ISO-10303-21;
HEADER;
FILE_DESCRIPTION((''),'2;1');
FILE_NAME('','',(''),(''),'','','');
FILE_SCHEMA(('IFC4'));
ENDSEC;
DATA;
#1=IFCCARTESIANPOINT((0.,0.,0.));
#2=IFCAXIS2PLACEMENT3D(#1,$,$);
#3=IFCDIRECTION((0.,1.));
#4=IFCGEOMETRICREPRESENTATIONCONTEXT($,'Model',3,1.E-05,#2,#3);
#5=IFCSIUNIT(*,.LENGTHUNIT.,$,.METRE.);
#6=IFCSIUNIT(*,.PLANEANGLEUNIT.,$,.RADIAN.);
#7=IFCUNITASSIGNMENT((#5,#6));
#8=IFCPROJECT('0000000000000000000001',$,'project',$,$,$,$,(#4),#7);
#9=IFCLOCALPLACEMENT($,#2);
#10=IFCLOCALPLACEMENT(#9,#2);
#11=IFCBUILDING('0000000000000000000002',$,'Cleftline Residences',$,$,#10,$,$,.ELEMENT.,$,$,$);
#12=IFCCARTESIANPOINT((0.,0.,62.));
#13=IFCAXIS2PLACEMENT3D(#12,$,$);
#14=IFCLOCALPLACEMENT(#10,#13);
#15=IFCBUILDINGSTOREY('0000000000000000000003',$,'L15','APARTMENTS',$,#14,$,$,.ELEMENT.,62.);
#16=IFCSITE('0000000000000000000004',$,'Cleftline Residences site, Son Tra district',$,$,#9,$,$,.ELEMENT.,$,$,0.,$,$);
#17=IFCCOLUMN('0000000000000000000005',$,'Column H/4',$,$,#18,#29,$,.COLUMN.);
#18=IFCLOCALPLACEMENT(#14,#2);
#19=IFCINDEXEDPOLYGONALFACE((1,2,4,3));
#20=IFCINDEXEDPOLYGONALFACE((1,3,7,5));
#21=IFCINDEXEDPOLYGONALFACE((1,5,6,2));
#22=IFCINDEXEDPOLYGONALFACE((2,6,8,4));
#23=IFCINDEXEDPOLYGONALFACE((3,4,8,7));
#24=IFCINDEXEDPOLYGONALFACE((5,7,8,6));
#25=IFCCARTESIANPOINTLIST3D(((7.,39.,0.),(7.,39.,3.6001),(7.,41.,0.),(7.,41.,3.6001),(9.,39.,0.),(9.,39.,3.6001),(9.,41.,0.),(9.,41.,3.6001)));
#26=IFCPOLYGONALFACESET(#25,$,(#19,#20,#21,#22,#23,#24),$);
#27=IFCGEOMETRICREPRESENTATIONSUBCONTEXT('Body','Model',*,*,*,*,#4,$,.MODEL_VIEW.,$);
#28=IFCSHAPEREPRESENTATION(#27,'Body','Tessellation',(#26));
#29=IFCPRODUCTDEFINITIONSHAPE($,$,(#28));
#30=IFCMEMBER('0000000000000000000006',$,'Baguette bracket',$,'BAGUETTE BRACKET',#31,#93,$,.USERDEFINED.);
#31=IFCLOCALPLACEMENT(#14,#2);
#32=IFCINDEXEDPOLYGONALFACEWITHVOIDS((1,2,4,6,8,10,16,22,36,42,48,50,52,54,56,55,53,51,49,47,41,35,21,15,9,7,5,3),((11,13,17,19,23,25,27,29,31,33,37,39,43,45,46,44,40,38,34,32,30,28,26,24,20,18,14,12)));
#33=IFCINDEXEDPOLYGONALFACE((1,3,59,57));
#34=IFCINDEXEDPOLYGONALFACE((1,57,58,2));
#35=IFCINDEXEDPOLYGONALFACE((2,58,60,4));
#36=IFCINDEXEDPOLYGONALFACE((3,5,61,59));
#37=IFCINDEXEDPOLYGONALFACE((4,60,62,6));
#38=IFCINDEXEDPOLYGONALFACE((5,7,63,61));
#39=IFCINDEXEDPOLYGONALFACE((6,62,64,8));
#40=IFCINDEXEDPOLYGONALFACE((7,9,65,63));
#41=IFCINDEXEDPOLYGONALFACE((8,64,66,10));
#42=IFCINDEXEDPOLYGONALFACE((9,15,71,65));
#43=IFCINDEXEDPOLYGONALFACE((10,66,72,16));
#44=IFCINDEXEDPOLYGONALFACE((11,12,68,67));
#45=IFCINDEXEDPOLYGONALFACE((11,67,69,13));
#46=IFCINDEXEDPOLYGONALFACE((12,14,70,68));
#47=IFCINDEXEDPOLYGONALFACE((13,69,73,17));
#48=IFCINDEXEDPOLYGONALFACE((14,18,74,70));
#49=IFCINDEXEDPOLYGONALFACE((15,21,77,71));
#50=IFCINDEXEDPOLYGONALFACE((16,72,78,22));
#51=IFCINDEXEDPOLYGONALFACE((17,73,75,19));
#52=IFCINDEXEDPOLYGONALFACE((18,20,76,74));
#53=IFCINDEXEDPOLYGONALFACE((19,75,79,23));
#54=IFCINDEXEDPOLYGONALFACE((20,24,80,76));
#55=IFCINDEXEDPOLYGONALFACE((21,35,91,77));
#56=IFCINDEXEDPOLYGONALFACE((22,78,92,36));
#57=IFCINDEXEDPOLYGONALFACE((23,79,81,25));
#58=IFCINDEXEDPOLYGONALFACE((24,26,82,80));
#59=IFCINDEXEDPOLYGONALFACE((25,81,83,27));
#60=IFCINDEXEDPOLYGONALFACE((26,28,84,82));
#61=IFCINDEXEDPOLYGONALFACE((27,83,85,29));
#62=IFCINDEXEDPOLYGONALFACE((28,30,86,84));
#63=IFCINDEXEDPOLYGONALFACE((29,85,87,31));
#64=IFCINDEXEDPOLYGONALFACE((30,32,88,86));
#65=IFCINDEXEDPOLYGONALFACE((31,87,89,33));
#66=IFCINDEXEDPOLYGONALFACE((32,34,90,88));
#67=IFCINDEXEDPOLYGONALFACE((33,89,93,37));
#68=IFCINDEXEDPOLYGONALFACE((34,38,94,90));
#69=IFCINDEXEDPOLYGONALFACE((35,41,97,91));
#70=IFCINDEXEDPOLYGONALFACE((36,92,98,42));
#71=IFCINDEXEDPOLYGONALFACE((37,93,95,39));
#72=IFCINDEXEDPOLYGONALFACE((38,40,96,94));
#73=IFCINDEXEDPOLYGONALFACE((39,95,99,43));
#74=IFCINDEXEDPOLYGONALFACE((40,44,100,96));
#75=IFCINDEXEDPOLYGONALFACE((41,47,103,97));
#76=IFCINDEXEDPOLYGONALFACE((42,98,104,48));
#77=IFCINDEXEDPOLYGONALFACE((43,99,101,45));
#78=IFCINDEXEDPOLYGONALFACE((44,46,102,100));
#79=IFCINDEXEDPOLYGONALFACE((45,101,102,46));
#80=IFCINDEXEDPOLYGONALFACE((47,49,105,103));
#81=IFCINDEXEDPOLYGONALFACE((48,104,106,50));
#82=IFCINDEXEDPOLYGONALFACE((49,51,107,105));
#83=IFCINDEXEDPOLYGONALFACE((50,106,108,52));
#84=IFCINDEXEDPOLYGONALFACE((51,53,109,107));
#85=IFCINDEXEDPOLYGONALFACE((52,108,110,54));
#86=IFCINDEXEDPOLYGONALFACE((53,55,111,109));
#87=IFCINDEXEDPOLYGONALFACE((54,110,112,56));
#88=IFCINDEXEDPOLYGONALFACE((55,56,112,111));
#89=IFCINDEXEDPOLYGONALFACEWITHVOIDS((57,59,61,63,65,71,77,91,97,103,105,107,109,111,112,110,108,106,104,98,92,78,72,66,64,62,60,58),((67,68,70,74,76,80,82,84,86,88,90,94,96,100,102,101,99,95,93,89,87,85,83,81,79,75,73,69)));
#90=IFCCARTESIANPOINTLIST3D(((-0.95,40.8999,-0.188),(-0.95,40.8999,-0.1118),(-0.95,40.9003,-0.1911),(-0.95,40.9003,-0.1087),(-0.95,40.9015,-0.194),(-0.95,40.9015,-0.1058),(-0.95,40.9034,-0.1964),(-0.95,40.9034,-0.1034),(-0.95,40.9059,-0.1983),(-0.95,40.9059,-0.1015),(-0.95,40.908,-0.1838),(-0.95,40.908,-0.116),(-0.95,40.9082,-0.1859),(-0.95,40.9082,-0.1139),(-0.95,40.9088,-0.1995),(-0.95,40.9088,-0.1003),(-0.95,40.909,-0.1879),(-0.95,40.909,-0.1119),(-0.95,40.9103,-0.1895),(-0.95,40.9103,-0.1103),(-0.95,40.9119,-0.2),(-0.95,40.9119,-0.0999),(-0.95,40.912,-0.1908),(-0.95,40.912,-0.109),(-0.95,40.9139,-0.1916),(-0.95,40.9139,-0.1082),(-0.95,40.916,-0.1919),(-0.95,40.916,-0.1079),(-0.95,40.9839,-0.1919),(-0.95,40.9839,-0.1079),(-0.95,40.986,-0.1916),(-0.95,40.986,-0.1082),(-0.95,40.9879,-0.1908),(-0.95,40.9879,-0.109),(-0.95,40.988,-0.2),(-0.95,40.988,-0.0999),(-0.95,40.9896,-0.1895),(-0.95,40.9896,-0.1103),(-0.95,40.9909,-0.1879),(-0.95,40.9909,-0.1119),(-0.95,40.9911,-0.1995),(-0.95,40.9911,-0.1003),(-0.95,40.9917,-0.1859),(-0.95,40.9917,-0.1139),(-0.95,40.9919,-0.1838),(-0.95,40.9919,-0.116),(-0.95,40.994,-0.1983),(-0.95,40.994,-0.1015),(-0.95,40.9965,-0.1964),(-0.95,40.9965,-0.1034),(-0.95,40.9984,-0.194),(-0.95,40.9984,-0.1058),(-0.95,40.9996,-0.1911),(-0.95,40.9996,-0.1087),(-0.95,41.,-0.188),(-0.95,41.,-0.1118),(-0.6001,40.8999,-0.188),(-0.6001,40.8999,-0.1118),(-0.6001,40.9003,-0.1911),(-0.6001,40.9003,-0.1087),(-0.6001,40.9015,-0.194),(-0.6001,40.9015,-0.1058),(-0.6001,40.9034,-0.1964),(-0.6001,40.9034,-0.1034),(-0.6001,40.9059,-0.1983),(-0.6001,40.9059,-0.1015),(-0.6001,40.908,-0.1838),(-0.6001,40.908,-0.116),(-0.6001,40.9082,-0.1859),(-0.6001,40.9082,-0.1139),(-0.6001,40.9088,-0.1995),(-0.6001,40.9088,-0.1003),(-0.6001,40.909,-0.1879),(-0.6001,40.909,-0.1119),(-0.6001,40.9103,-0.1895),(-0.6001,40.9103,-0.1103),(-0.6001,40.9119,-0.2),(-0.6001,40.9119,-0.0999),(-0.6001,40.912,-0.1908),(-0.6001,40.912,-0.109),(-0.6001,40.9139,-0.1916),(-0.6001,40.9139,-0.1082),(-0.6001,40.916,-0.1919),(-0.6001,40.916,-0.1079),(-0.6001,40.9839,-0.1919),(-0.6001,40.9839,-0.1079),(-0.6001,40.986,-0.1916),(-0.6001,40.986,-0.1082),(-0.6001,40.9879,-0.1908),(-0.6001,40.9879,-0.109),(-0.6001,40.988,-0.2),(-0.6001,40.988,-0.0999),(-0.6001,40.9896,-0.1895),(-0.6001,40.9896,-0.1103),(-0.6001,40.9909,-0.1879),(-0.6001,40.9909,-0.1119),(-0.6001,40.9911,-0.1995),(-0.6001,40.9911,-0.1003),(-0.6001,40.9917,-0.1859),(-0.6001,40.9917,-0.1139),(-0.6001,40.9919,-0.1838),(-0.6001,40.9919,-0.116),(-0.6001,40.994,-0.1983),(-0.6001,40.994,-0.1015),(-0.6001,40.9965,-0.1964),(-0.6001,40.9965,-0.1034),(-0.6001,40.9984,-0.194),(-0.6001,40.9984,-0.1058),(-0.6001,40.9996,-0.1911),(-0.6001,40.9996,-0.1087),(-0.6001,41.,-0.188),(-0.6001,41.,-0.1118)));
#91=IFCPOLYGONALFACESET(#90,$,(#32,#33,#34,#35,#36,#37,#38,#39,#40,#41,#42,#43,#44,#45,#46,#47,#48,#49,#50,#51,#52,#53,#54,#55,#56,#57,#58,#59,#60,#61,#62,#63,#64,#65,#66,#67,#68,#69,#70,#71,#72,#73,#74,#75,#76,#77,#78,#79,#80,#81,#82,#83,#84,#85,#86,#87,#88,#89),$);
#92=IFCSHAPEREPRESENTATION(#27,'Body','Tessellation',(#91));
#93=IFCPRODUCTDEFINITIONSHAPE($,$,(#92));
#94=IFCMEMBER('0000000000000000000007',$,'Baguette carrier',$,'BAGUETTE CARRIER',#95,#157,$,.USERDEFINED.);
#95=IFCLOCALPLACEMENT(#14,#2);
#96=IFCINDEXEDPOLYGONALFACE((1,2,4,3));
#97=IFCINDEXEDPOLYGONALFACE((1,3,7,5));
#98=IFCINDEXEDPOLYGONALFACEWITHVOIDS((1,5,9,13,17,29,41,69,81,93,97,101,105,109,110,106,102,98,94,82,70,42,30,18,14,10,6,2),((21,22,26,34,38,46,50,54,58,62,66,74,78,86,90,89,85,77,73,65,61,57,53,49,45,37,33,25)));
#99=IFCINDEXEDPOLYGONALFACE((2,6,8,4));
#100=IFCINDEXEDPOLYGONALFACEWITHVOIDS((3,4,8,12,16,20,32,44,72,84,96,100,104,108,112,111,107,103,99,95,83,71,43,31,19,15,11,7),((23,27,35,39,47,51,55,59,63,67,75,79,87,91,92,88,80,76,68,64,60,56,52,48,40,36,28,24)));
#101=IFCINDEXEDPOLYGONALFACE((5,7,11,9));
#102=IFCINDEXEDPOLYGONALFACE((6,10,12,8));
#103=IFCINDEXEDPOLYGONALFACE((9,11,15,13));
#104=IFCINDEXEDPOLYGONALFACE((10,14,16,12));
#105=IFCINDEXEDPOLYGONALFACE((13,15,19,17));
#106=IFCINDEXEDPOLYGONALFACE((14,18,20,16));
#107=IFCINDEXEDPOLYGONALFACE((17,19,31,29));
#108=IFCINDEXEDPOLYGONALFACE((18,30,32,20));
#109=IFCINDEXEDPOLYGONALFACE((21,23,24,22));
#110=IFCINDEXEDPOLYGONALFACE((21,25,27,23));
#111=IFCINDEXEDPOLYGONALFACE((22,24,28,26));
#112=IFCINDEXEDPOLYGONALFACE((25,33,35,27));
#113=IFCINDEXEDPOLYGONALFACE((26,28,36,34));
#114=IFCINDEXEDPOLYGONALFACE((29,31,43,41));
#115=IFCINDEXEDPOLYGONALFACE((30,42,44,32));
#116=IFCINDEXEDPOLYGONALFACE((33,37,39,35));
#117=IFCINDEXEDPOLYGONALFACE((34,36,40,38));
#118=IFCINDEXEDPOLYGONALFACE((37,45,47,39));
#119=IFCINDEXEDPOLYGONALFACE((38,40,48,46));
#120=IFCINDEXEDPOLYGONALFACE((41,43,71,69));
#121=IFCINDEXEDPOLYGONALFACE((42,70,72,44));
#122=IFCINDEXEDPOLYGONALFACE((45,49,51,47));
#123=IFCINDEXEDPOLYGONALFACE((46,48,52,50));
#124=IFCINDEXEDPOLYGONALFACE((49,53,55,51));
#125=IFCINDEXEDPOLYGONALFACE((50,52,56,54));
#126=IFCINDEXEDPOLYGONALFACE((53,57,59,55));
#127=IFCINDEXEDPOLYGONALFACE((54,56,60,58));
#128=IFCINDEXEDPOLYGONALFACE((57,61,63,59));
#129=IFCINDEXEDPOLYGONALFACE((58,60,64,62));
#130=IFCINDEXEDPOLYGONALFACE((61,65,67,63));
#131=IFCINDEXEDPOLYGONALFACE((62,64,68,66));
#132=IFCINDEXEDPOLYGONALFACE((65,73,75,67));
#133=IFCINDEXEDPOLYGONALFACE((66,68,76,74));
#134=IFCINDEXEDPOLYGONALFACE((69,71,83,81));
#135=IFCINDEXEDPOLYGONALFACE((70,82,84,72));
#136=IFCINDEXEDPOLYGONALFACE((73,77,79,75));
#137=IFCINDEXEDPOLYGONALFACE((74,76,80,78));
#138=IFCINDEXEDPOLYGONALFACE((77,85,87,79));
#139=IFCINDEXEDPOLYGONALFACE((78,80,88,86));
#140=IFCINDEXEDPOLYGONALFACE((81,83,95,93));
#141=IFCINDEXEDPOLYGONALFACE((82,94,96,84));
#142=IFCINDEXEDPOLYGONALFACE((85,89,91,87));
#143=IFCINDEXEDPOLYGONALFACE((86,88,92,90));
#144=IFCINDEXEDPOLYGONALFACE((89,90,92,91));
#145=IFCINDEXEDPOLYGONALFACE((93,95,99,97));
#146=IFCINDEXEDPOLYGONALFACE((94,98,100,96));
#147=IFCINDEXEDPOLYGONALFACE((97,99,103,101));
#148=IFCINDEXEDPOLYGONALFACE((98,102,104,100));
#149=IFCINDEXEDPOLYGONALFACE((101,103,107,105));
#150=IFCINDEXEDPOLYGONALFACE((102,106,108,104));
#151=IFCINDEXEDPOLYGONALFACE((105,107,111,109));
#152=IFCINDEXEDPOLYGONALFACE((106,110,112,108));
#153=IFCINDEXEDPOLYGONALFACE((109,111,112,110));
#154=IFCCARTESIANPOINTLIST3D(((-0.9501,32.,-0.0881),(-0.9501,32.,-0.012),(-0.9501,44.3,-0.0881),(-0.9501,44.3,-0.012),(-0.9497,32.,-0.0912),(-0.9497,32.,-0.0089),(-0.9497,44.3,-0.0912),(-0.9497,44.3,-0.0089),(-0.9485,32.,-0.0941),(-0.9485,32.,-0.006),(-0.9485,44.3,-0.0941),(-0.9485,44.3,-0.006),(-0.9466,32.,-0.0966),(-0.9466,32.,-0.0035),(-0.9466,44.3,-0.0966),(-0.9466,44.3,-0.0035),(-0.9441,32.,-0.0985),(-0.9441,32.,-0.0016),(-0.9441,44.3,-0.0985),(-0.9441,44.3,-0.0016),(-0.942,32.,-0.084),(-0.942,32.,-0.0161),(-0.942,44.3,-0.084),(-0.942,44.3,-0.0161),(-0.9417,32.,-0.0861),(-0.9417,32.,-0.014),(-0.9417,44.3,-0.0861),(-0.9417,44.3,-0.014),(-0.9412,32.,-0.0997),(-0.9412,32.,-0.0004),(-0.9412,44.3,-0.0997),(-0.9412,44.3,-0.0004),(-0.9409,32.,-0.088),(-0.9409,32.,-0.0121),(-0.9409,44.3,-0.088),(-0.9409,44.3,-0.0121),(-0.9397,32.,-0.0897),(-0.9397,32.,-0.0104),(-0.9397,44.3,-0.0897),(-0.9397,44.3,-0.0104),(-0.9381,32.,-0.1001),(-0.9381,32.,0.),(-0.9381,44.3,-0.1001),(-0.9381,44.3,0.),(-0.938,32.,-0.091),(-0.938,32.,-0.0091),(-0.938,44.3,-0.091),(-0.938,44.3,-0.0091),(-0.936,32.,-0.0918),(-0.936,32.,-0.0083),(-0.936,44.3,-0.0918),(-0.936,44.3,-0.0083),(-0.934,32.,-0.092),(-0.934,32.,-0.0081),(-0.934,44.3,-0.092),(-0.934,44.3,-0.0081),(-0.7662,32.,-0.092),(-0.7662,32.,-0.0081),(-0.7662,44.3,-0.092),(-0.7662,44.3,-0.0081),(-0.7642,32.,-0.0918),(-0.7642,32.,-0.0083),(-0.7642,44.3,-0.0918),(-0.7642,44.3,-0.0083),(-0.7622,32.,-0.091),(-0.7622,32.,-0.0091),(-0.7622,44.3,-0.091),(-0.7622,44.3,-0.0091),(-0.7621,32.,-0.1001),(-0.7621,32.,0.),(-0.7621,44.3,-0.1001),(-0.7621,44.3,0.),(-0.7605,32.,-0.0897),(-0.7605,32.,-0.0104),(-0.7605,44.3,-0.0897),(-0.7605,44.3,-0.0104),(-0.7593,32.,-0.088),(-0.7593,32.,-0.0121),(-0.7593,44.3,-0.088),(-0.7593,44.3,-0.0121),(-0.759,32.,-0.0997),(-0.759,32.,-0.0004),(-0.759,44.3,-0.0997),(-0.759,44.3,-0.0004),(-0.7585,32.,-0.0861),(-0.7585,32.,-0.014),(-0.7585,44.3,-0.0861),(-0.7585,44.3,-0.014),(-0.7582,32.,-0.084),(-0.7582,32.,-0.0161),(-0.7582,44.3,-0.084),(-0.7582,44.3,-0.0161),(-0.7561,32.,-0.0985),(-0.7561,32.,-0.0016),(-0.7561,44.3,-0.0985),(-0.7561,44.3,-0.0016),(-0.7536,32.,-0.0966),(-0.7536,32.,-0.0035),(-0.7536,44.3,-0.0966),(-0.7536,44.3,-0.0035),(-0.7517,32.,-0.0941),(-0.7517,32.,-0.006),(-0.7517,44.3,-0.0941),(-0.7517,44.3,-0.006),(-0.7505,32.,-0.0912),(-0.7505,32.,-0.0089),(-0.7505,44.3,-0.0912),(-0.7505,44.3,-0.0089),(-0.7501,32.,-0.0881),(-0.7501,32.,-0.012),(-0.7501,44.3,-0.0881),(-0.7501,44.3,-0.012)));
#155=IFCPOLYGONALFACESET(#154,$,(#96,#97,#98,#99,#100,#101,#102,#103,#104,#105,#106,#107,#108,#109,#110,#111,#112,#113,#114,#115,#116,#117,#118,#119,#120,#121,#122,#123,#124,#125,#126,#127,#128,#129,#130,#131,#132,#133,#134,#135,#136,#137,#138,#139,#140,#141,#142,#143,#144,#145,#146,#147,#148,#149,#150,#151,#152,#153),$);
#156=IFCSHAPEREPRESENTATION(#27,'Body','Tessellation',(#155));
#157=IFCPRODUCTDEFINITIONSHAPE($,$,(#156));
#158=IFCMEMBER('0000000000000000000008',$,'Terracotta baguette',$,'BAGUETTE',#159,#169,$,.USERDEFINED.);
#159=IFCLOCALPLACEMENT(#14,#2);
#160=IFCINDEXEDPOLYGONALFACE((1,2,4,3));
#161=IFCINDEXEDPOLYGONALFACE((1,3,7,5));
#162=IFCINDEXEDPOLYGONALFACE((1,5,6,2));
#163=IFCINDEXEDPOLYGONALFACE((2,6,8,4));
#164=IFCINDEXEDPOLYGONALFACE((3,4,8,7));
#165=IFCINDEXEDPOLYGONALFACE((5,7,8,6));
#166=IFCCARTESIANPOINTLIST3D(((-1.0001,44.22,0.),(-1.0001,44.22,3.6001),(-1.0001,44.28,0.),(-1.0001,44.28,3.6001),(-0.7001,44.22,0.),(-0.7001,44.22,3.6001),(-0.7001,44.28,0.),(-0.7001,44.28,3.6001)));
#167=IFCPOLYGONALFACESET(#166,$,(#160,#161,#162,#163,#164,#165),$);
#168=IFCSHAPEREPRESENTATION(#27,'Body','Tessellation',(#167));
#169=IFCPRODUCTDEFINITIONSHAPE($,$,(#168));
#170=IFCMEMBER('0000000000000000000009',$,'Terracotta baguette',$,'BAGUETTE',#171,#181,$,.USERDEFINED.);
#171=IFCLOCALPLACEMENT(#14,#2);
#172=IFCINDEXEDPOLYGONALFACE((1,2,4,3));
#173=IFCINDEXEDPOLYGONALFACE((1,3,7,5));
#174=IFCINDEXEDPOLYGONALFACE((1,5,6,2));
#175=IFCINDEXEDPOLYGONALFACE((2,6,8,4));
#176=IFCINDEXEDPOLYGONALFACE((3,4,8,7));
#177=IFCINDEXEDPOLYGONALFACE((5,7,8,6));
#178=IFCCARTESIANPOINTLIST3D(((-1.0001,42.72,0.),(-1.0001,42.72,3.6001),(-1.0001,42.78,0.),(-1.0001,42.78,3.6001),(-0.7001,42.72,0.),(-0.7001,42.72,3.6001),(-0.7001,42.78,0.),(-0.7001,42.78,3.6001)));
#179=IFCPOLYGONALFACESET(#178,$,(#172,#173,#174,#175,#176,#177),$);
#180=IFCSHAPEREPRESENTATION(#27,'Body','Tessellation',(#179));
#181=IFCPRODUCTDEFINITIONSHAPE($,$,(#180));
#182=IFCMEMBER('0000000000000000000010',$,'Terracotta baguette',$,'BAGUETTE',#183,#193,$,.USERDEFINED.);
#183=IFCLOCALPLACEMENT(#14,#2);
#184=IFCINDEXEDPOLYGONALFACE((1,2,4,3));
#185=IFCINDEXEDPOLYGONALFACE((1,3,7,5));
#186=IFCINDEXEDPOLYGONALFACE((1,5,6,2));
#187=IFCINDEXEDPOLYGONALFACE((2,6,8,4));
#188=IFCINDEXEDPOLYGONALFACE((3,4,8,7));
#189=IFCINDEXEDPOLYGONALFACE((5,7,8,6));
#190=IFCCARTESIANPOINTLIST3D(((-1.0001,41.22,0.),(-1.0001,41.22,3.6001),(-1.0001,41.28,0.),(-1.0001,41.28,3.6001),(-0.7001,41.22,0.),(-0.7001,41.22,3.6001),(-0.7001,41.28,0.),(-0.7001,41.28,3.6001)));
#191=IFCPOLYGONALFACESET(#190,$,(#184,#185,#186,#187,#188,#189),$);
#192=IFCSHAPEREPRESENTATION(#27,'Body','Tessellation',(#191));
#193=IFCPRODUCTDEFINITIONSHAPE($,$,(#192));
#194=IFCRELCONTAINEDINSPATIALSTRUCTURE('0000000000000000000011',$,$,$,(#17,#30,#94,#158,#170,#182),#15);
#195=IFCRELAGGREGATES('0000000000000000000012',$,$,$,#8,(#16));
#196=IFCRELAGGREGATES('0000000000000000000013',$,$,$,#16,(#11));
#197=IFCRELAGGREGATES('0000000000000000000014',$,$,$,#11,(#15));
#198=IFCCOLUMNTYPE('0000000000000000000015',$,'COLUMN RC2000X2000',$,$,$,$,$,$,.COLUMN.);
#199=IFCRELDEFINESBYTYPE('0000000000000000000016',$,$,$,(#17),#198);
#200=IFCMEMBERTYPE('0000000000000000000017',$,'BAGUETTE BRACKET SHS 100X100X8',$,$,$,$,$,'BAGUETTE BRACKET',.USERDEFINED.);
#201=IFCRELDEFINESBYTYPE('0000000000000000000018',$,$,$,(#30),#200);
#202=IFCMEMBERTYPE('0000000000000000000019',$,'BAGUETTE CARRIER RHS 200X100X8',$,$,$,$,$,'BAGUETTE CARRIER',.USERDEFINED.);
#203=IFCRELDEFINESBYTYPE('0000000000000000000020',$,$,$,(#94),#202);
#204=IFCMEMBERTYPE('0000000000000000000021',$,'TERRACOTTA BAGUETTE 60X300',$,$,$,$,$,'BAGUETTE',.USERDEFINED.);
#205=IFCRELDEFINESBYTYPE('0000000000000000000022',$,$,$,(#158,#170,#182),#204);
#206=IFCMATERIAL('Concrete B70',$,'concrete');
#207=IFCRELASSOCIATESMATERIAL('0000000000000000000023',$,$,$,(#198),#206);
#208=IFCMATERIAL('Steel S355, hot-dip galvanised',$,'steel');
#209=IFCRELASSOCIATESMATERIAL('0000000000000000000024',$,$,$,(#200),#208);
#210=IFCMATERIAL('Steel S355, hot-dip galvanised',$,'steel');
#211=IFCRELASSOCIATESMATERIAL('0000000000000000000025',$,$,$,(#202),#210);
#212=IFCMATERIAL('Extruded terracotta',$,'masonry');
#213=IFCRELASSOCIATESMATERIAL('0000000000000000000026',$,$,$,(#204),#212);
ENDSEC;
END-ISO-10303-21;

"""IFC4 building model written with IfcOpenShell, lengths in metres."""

from ifc_helpers import new_model, si_unit, direction, frame, origin, origin_2d, place, context, subcontext, project, spatial, rectangle, hollow_rectangle, extrude, material, material_profile, profile_set, type_object, element, save


model = new_model("IFC4")

# Units and contexts
model_context = context("Model", 3, precision=1e-05, world=origin(), true_north=direction((0.0, 1.0)))
body_context = subcontext(model_context, "Body", "Model", "MODEL_VIEW")
ifc_project = project(units=[si_unit("LENGTHUNIT", "METRE"), si_unit("PLANEANGLEUNIT", "RADIAN")], contexts=[model_context])

# Site, building, storey
site_placement = place(None, origin())
site = spatial("IfcSite", under=ifc_project, at=site_placement, Name="Cleftline Residences site, Son Tra district", CompositionType="ELEMENT", RefElevation=0.0)
building_placement = place(site_placement, origin())
building = spatial("IfcBuilding", under=site, at=building_placement, Name="Cleftline Residences", CompositionType="ELEMENT")
storey_placement = place(building_placement, frame((0.0, 0.0, 62.0)))
storey = spatial("IfcBuildingStorey", under=building, at=storey_placement, Name="L15", Description="APARTMENTS", CompositionType="ELEMENT", Elevation=62.0)

# Column
ifc_material_1 = material(Name="Concrete B70", Category="concrete")
ifc_material_profile_1 = material_profile(ifc_material_1, rectangle(XDim=2.0, YDim=2.0, at=origin_2d()))
ifc_profile_set_1 = profile_set([ifc_material_profile_1], Name="Concrete B70")
column_type = type_object("IfcColumnType", Name="COLUMN RC2000X2000", PredefinedType="COLUMN", material=ifc_profile_set_1)
column_placement = place(storey_placement, frame((8.0, 40.0, 0.0), z_axis=(0.0, 0.0, 1.0), x_axis=(1.0, 0.0, 0.0)))
element("IfcColumn", 1, at=column_placement, inside=storey, type_object=column_type, Name="Column H/4", PredefinedType="COLUMN", context=body_context, shape_type="SweptSolid", body=[
    extrude(rectangle(XDim=2.0, YDim=2.0, at=origin_2d()), origin(), (0.0, 0.0, 1.0), 3.6001),
])

# Members
ifc_material_2 = material(Name="Steel S355, hot-dip galvanised", Category="steel")
ifc_material_profile_2 = material_profile(ifc_material_2, hollow_rectangle(XDim=0.1001, YDim=0.1001, WallThickness=0.0081, InnerFilletRadius=0.0081, OuterFilletRadius=0.012, at=origin_2d()))
ifc_profile_set_2 = profile_set([ifc_material_profile_2], Name="Steel S355, hot-dip galvanised")
member_type_1 = type_object("IfcMemberType", Name="BAGUETTE BRACKET SHS 100X100X8", ElementType="BAGUETTE BRACKET", PredefinedType="USERDEFINED", material=ifc_profile_set_2)
member_1_placement = place(storey_placement, frame((-0.6001, 40.95, -0.1499), z_axis=(-1.0, 0.0, 0.0), x_axis=(0.0, -1.0, 0.0)))
element("IfcMember", 2, at=member_1_placement, inside=storey, type_object=member_type_1, Name="Baguette bracket", ObjectType="BAGUETTE BRACKET", PredefinedType="USERDEFINED", context=body_context, shape_type="SweptSolid", body=[
    extrude(hollow_rectangle(XDim=0.1001, YDim=0.1001, WallThickness=0.0081, InnerFilletRadius=0.0081, OuterFilletRadius=0.012, at=origin_2d()), origin(), (0.0, 0.0, 1.0), 0.3499),
])
ifc_material_3 = material(Name="Steel S355, hot-dip galvanised", Category="steel")
ifc_material_profile_3 = material_profile(ifc_material_3, hollow_rectangle(XDim=0.1001, YDim=0.2, WallThickness=0.0081, InnerFilletRadius=0.0081, OuterFilletRadius=0.012, at=origin_2d()))
ifc_profile_set_3 = profile_set([ifc_material_profile_3], Name="Steel S355, hot-dip galvanised")
member_type_2 = type_object("IfcMemberType", Name="BAGUETTE CARRIER RHS 200X100X8", ElementType="BAGUETTE CARRIER", PredefinedType="USERDEFINED", material=ifc_profile_set_3)
member_2_placement = place(storey_placement, frame((-0.8501, 44.3, -0.05), z_axis=(0.0, -1.0, 0.0), x_axis=(0.0, 0.0, 1.0)))
element("IfcMember", 3, at=member_2_placement, inside=storey, type_object=member_type_2, Name="Baguette carrier", ObjectType="BAGUETTE CARRIER", PredefinedType="USERDEFINED", context=body_context, shape_type="SweptSolid", body=[
    extrude(hollow_rectangle(XDim=0.1001, YDim=0.2, WallThickness=0.0081, InnerFilletRadius=0.0081, OuterFilletRadius=0.012, at=origin_2d()), origin(), (0.0, 0.0, 1.0), 12.3),
])
ifc_material_4 = material(Name="Extruded terracotta", Category="masonry")
ifc_material_profile_4 = material_profile(ifc_material_4, rectangle(XDim=0.0601, YDim=0.3, at=origin_2d()))
ifc_profile_set_4 = profile_set([ifc_material_profile_4], Name="Extruded terracotta")
member_type_3 = type_object("IfcMemberType", Name="TERRACOTTA BAGUETTE 60X300", ElementType="BAGUETTE", PredefinedType="USERDEFINED", material=ifc_profile_set_4)
for number, where, z_axis, x_axis, name in (
    (4, (-0.8501, 44.25, 0.0), (0.0, 0.0, 1.0), (0.0, 1.0, 0.0), "Terracotta baguette"),
    (5, (-0.8501, 42.75, 0.0), (0.0, 0.0, 1.0), (0.0, 1.0, 0.0), "Terracotta baguette"),
    (6, (-0.8501, 41.25, 0.0), (0.0, 0.0, 1.0), (0.0, 1.0, 0.0), "Terracotta baguette"),
):
    element("IfcMember", number, at=place(storey_placement, frame(where, z_axis=z_axis, x_axis=x_axis)), inside=storey, type_object=member_type_3, Name=name, ObjectType="BAGUETTE", PredefinedType="USERDEFINED", context=body_context, shape_type="SweptSolid", body=[
        extrude(rectangle(XDim=0.0601, YDim=0.3, at=origin_2d()), origin(), (0.0, 0.0, 1.0), 3.6001),
    ])

save(model, "model.ifc")
